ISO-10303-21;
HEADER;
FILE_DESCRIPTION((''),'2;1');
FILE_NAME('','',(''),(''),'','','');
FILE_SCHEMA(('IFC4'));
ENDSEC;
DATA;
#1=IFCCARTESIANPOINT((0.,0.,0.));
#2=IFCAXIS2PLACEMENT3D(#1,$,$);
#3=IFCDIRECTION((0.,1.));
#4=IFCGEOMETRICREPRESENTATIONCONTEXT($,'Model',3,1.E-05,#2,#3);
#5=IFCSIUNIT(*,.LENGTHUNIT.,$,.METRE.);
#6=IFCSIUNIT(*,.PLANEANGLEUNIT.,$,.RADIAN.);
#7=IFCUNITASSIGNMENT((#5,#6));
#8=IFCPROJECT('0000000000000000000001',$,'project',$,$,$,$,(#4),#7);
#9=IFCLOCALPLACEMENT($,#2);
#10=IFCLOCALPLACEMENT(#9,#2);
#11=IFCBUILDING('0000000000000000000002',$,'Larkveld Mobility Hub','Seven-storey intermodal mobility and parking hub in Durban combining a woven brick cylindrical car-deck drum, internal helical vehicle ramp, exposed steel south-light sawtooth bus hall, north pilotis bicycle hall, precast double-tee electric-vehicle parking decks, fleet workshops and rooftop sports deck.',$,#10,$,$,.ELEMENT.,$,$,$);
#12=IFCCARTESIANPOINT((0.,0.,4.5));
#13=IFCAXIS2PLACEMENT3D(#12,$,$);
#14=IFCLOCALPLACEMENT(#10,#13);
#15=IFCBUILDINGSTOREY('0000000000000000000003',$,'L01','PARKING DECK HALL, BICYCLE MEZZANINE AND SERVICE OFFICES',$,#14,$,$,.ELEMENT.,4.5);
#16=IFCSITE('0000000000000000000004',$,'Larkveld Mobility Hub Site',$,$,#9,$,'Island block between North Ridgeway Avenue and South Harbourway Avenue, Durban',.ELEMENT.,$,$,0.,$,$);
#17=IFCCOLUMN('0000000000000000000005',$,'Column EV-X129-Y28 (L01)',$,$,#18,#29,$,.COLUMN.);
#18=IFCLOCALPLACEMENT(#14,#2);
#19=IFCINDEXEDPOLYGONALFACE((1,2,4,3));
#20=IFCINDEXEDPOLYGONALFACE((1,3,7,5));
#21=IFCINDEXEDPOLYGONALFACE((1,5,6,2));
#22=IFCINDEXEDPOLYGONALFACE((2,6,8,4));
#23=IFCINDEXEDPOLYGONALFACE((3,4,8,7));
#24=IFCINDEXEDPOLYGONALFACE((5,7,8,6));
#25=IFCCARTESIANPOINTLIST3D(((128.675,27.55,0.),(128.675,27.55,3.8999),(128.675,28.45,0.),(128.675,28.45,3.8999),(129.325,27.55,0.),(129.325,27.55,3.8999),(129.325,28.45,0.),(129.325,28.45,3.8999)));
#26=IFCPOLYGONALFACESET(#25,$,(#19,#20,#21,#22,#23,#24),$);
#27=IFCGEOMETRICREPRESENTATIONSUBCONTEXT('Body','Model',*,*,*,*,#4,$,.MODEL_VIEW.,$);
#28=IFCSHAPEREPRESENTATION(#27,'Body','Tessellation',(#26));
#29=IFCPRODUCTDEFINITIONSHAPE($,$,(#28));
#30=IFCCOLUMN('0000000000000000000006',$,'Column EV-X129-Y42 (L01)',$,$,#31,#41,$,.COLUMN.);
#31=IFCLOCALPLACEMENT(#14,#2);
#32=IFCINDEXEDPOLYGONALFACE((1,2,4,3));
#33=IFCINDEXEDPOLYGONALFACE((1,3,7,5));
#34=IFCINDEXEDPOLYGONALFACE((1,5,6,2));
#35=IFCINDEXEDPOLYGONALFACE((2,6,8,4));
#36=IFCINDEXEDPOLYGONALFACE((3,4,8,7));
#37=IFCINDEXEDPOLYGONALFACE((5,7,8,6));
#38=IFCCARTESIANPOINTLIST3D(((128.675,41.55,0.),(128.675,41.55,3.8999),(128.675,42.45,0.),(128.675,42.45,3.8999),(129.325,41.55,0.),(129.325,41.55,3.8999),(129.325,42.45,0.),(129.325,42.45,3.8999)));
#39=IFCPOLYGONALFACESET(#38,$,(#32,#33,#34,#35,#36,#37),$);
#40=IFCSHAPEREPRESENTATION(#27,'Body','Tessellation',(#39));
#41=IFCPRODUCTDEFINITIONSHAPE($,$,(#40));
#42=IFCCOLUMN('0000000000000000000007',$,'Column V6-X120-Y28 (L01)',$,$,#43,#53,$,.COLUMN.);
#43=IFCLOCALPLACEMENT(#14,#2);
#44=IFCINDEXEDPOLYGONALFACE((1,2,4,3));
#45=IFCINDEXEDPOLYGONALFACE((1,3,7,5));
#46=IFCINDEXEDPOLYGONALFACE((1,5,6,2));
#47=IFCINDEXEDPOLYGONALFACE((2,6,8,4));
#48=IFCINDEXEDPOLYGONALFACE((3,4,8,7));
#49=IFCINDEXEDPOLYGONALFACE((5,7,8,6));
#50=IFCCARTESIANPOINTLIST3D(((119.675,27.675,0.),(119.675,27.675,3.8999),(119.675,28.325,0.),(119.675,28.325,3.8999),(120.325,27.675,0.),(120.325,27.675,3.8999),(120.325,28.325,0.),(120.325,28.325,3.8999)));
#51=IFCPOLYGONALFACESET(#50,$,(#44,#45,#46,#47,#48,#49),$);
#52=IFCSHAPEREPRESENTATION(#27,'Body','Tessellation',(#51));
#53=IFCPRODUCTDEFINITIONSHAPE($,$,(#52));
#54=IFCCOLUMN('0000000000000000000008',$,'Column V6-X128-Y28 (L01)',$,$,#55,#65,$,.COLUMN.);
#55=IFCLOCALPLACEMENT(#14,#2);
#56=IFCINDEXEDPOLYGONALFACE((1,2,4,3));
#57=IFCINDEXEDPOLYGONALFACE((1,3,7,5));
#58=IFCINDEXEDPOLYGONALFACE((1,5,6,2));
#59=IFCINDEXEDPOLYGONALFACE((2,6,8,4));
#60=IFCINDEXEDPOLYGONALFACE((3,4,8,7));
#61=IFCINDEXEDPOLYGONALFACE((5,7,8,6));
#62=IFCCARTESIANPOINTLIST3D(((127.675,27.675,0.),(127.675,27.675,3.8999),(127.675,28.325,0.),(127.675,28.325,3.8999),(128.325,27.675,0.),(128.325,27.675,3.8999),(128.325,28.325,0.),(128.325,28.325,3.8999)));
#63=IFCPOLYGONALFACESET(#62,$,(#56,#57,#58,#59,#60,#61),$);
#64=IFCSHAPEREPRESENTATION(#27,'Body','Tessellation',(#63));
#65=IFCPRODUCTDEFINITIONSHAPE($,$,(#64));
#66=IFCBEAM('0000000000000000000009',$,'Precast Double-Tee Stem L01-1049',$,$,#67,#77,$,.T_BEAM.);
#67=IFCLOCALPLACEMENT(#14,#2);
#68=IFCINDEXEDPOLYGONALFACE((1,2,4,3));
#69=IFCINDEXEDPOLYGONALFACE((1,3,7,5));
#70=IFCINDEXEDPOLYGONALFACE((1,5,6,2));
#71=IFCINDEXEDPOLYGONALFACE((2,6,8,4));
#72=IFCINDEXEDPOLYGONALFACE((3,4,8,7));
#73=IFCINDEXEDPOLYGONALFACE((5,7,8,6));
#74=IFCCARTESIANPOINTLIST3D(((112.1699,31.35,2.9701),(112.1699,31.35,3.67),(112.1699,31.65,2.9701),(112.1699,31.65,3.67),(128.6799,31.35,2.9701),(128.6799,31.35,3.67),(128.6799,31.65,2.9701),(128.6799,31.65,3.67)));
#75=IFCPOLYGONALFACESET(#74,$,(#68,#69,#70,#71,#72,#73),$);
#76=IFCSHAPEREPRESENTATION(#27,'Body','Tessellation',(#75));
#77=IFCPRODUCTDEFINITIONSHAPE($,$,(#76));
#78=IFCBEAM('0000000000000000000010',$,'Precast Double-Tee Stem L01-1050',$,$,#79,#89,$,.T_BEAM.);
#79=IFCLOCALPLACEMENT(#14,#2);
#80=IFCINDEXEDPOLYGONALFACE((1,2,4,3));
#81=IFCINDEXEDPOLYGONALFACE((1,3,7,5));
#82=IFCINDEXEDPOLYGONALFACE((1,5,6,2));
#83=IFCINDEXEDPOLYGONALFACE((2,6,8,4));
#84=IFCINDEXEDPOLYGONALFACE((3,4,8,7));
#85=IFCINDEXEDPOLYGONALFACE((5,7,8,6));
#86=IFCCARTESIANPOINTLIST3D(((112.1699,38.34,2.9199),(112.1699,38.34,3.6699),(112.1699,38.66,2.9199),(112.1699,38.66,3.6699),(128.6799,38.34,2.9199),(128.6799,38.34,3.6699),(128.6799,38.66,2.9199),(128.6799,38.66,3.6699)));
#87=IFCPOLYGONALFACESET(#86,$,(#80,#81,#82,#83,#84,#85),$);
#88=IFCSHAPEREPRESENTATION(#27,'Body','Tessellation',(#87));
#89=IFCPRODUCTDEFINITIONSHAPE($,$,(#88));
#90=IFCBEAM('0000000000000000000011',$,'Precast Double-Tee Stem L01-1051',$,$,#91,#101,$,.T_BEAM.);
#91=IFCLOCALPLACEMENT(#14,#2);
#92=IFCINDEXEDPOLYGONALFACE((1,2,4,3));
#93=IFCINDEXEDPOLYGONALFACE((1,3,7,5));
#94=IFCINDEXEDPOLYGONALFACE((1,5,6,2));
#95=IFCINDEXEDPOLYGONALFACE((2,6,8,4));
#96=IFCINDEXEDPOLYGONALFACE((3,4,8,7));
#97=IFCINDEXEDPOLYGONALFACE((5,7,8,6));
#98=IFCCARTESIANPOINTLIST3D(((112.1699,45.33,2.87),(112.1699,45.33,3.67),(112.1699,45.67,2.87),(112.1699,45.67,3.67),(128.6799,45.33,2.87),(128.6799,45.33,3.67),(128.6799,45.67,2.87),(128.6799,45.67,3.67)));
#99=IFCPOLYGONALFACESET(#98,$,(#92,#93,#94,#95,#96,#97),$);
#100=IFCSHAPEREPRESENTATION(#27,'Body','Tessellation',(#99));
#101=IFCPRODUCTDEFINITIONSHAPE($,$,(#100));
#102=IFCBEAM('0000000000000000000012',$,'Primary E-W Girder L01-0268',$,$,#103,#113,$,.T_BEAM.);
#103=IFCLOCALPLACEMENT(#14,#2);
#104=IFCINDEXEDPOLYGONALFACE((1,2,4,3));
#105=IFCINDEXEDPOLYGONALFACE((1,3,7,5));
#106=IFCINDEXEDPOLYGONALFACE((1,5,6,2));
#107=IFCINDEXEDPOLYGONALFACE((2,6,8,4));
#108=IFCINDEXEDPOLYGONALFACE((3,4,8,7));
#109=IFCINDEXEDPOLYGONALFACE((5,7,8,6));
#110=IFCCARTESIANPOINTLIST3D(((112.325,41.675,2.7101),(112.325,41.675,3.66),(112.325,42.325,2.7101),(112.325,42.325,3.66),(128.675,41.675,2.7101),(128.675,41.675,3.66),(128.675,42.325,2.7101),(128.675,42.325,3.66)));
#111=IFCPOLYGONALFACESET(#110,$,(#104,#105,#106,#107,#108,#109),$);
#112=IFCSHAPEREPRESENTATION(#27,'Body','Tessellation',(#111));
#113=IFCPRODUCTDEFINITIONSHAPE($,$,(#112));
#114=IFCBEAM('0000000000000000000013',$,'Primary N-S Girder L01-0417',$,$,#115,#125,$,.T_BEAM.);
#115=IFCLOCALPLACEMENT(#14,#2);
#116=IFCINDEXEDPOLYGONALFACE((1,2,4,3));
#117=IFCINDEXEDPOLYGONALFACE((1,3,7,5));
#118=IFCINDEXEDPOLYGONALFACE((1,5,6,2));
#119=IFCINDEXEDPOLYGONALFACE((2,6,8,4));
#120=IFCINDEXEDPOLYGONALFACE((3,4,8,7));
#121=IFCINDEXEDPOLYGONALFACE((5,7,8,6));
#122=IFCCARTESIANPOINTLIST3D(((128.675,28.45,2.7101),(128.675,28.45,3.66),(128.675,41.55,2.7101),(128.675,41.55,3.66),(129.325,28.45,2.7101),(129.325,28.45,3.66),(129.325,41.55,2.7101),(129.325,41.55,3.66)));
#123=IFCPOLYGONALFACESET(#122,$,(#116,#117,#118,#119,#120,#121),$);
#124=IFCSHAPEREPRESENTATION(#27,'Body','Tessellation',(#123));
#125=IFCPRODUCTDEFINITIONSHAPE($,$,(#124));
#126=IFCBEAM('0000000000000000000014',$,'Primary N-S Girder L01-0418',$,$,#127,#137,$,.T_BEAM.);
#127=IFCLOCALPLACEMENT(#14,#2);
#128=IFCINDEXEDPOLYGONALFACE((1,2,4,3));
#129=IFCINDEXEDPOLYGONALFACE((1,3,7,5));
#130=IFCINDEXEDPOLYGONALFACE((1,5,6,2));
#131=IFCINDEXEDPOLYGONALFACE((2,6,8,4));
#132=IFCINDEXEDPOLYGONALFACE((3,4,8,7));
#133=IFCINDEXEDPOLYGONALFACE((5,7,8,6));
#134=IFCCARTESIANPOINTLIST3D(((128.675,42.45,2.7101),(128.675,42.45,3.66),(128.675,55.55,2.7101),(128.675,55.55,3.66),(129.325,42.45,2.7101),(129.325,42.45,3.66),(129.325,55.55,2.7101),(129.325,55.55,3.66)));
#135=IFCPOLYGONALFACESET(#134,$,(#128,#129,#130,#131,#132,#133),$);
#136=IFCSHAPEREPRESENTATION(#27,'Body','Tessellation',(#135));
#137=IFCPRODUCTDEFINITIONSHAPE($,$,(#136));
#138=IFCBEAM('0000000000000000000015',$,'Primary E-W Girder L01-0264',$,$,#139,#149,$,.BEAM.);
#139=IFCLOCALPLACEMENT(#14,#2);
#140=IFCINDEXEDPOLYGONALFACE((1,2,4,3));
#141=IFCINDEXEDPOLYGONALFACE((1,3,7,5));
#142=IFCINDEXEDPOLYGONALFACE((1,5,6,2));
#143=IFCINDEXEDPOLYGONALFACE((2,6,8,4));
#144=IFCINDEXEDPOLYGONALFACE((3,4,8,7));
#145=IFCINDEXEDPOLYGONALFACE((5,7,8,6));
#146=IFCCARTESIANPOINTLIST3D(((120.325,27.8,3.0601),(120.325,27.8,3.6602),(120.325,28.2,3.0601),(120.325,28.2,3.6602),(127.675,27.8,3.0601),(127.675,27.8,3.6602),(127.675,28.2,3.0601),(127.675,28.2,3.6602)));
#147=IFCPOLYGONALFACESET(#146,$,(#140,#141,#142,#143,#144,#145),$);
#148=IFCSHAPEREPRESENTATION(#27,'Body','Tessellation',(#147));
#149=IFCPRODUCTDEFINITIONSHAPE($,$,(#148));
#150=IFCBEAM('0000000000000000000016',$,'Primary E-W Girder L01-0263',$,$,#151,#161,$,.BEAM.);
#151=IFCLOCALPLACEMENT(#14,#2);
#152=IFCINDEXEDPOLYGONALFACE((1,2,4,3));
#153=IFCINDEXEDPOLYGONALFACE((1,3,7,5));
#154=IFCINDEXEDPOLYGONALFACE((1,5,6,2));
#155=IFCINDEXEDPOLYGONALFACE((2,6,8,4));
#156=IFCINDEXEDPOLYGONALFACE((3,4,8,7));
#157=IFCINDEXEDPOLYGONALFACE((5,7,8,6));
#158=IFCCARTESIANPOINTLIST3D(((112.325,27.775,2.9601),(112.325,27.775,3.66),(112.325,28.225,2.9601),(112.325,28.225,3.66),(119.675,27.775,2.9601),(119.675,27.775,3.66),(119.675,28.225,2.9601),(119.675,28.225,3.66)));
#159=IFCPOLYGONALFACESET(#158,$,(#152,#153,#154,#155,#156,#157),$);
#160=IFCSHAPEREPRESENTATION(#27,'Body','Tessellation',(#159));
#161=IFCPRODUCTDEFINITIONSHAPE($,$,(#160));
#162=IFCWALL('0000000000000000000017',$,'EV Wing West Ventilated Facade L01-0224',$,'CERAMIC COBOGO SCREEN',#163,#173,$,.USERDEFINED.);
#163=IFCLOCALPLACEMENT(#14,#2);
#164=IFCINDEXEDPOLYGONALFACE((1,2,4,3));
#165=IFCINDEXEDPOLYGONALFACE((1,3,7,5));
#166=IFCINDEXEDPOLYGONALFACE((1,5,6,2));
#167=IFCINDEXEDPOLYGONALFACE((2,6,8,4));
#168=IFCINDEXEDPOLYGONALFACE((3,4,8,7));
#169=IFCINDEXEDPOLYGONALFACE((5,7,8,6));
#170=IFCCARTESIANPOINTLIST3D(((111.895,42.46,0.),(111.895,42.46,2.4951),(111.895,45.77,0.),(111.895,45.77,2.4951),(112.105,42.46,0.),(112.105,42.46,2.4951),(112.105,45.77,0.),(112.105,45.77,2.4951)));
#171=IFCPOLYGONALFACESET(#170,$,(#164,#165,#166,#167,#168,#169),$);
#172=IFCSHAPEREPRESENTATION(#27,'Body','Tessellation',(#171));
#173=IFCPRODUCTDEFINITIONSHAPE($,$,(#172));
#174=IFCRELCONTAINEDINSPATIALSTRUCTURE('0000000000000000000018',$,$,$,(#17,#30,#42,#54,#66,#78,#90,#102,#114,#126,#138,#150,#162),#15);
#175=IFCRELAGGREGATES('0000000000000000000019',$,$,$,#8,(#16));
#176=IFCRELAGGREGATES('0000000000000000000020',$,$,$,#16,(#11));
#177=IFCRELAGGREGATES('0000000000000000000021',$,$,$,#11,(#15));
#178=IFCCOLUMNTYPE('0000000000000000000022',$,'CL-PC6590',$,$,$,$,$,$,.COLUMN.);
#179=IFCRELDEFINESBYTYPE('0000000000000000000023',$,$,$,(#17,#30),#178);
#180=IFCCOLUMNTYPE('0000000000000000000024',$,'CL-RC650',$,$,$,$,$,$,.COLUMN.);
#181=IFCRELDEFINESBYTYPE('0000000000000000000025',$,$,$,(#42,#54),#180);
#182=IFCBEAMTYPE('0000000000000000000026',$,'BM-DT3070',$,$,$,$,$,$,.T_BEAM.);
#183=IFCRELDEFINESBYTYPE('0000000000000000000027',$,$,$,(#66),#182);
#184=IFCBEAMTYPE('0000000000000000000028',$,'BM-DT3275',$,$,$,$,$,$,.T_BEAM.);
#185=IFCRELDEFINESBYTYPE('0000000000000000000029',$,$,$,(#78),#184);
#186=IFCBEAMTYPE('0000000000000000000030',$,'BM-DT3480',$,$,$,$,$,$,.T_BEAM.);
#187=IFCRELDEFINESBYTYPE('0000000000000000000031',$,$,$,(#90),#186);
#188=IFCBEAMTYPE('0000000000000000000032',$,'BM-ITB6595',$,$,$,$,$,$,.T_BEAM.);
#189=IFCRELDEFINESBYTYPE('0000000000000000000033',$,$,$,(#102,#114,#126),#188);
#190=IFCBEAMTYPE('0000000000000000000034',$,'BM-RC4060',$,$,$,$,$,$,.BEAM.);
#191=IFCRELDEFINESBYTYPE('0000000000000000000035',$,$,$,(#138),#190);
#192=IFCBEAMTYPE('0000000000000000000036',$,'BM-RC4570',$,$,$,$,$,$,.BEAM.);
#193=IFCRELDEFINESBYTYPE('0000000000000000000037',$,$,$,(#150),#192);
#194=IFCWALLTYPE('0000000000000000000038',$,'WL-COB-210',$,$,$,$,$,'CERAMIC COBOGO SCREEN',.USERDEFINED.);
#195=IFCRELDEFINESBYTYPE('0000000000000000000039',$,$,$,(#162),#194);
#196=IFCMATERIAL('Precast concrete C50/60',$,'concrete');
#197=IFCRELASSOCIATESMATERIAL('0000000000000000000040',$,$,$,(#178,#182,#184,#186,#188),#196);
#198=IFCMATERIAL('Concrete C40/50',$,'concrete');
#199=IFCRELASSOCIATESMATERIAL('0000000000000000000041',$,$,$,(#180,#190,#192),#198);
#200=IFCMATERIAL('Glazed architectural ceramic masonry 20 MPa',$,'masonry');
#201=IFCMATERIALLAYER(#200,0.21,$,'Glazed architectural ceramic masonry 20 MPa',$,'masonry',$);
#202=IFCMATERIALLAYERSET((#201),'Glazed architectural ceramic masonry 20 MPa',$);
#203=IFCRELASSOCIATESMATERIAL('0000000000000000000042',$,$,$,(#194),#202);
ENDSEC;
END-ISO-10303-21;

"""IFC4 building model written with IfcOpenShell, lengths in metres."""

from ifc_helpers import new_model, si_unit, direction, frame, frame_2d, origin, origin_2d, place, context, subcontext, project, spatial, rectangle, extrude, material, layer, layer_set, material_profile, profile_set, type_object, element, save


model = new_model("IFC4")

# Units and contexts
model_context = context("Model", 3, precision=1e-05, world=origin(), true_north=direction((0.0, 1.0)))
body_context = subcontext(model_context, "Body", "Model", "MODEL_VIEW")
ifc_project = project(units=[si_unit("LENGTHUNIT", "METRE"), si_unit("PLANEANGLEUNIT", "RADIAN")], contexts=[model_context])

# Site, building, storey
site_placement = place(None, origin())
site = spatial("IfcSite", under=ifc_project, at=site_placement, Name="Larkveld Mobility Hub Site", LongName="Island block between North Ridgeway Avenue and South Harbourway Avenue, Durban", CompositionType="ELEMENT", RefElevation=0.0)
building_placement = place(site_placement, origin())
building = spatial("IfcBuilding", under=site, at=building_placement, Name="Larkveld Mobility Hub", Description="Seven-storey intermodal mobility and parking hub in Durban combining a woven brick cylindrical car-deck drum, internal helical vehicle ramp, exposed steel south-light sawtooth bus hall, north pilotis bicycle hall, precast double-tee electric-vehicle parking decks, fleet workshops and rooftop sports deck.", CompositionType="ELEMENT")
storey_placement = place(building_placement, frame((0.0, 0.0, 4.5)))
storey = spatial("IfcBuildingStorey", under=building, at=storey_placement, Name="L01", Description="PARKING DECK HALL, BICYCLE MEZZANINE AND SERVICE OFFICES", CompositionType="ELEMENT", Elevation=4.5)

# Columns
ifc_material_1 = material(Name="Precast concrete C50/60", Category="concrete")
ifc_material_profile_1 = material_profile(ifc_material_1, rectangle(XDim=0.6499, YDim=0.8999, at=origin_2d()), Name="RC COL 650x900")
ifc_profile_set_1 = profile_set([ifc_material_profile_1], Name="Precast concrete C50/60")
column_type_1 = type_object("IfcColumnType", Name="CL-PC6590", PredefinedType="COLUMN", material=ifc_profile_set_1)
for number, where, z_axis, x_axis, name in (
    (1, (129.0, 28.0, 0.0), (0.0, 0.0, 1.0), (1.0, 0.0, 0.0), "Column EV-X129-Y28 (L01)"),
    (2, (129.0, 42.0, 0.0), (0.0, 0.0, 1.0), (1.0, 0.0, 0.0), "Column EV-X129-Y42 (L01)"),
):
    element("IfcColumn", number, at=place(storey_placement, frame(where, z_axis=z_axis, x_axis=x_axis)), inside=storey, type_object=column_type_1, Name=name, PredefinedType="COLUMN", context=body_context, shape_type="SweptSolid", body=[
        extrude(rectangle(XDim=0.6499, YDim=0.8999, at=origin_2d()), origin(), (0.0, 0.0, 1.0), 3.8999),
    ])
ifc_material_2 = material(Name="Concrete C40/50", Category="concrete")
ifc_material_profile_2 = material_profile(ifc_material_2, rectangle(XDim=0.6499, YDim=0.6499, at=origin_2d()), Name="RC COL 650x650")
ifc_profile_set_2 = profile_set([ifc_material_profile_2], Name="Concrete C40/50")
column_type_2 = type_object("IfcColumnType", Name="CL-RC650", PredefinedType="COLUMN", material=ifc_profile_set_2)
for number, where, z_axis, x_axis, name in (
    (3, (120.0, 28.0, 0.0), (0.0, 0.0, 1.0), (1.0, 0.0, 0.0), "Column V6-X120-Y28 (L01)"),
    (4, (128.0, 28.0, 0.0), (0.0, 0.0, 1.0), (1.0, 0.0, 0.0), "Column V6-X128-Y28 (L01)"),
):
    element("IfcColumn", number, at=place(storey_placement, frame(where, z_axis=z_axis, x_axis=x_axis)), inside=storey, type_object=column_type_2, Name=name, PredefinedType="COLUMN", context=body_context, shape_type="SweptSolid", body=[
        extrude(rectangle(XDim=0.6499, YDim=0.6499, at=origin_2d()), origin(), (0.0, 0.0, 1.0), 3.8999),
    ])

# Beams
ifc_material_profile_3 = material_profile(ifc_material_1, rectangle(XDim=0.3, YDim=0.7, at=origin_2d()), Name="PC DT 300x700")
ifc_profile_set_3 = profile_set([ifc_material_profile_3], Name="Precast concrete C50/60")
beam_type_1 = type_object("IfcBeamType", Name="BM-DT3070", PredefinedType="T_BEAM", material=ifc_profile_set_3)
beam_1_placement = place(storey_placement, frame((112.1699, 31.5, 3.3201), z_axis=(1.0, 0.0, 0.0), x_axis=(0.0, 1.0, 0.0)))
element("IfcBeam", 5, at=beam_1_placement, inside=storey, type_object=beam_type_1, Name="Precast Double-Tee Stem L01-1049", PredefinedType="T_BEAM", context=body_context, shape_type="SweptSolid", body=[
    extrude(rectangle(XDim=0.3, YDim=0.7, at=origin_2d()), origin(), (0.0, 0.0, 1.0), 16.51),
])
ifc_material_profile_4 = material_profile(ifc_material_1, rectangle(XDim=0.3201, YDim=0.75, at=origin_2d()), Name="PC DT 320x750")
ifc_profile_set_4 = profile_set([ifc_material_profile_4], Name="Precast concrete C50/60")
beam_type_2 = type_object("IfcBeamType", Name="BM-DT3275", PredefinedType="T_BEAM", material=ifc_profile_set_4)
beam_2_placement = place(storey_placement, frame((112.1699, 38.5, 3.2949), z_axis=(1.0, 0.0, 0.0), x_axis=(0.0, 1.0, 0.0)))
element("IfcBeam", 6, at=beam_2_placement, inside=storey, type_object=beam_type_2, Name="Precast Double-Tee Stem L01-1050", PredefinedType="T_BEAM", context=body_context, shape_type="SweptSolid", body=[
    extrude(rectangle(XDim=0.3201, YDim=0.75, at=origin_2d()), origin(), (0.0, 0.0, 1.0), 16.51),
])
ifc_material_profile_5 = material_profile(ifc_material_1, rectangle(XDim=0.3401, YDim=0.8, at=origin_2d()), Name="PC DT 340x800")
ifc_profile_set_5 = profile_set([ifc_material_profile_5], Name="Precast concrete C50/60")
beam_type_3 = type_object("IfcBeamType", Name="BM-DT3480", PredefinedType="T_BEAM", material=ifc_profile_set_5)
beam_3_placement = place(storey_placement, frame((112.1699, 45.5, 3.27), z_axis=(1.0, 0.0, 0.0), x_axis=(0.0, 1.0, 0.0)))
element("IfcBeam", 7, at=beam_3_placement, inside=storey, type_object=beam_type_3, Name="Precast Double-Tee Stem L01-1051", PredefinedType="T_BEAM", context=body_context, shape_type="SweptSolid", body=[
    extrude(rectangle(XDim=0.3401, YDim=0.8, at=origin_2d()), origin(), (0.0, 0.0, 1.0), 16.51),
])
ifc_material_profile_6 = material_profile(ifc_material_1, rectangle(XDim=0.6499, YDim=0.95, at=origin_2d()), Name="PC ITB 650x950")
ifc_profile_set_6 = profile_set([ifc_material_profile_6], Name="Precast concrete C50/60")
beam_type_4 = type_object("IfcBeamType", Name="BM-ITB6595", PredefinedType="T_BEAM", material=ifc_profile_set_6)
beam_4_placement = place(storey_placement, frame((112.325, 42.0, 3.1851), z_axis=(1.0, 0.0, 0.0), x_axis=(0.0, 1.0, 0.0)))
element("IfcBeam", 8, at=beam_4_placement, inside=storey, type_object=beam_type_4, Name="Primary E-W Girder L01-0268", PredefinedType="T_BEAM", context=body_context, shape_type="SweptSolid", body=[
    extrude(rectangle(XDim=0.6499, YDim=0.95, at=origin_2d()), origin(), (0.0, 0.0, 1.0), 16.3501),
])
for number, where, z_axis, x_axis, name in (
    (9, (129.0, 28.45, 3.1851), (0.0, 1.0, 0.0), (-1.0, 0.0, 0.0), "Primary N-S Girder L01-0417"),
    (10, (129.0, 42.45, 3.1851), (0.0, 1.0, 0.0), (-1.0, 0.0, 0.0), "Primary N-S Girder L01-0418"),
):
    element("IfcBeam", number, at=place(storey_placement, frame(where, z_axis=z_axis, x_axis=x_axis)), inside=storey, type_object=beam_type_4, Name=name, PredefinedType="T_BEAM", context=body_context, shape_type="SweptSolid", body=[
        extrude(rectangle(XDim=0.6499, YDim=0.95, at=origin_2d()), origin(), (0.0, 0.0, 1.0), 13.1001),
    ])
ifc_material_profile_7 = material_profile(ifc_material_2, rectangle(XDim=0.3999, YDim=0.6001, at=origin_2d()), Name="RC BM 400x600")
ifc_profile_set_7 = profile_set([ifc_material_profile_7], Name="Concrete C40/50")
beam_type_5 = type_object("IfcBeamType", Name="BM-RC4060", PredefinedType="BEAM", material=ifc_profile_set_7)
beam_5_placement = place(storey_placement, frame((120.325, 28.0, 3.3601), z_axis=(1.0, 0.0, 0.0), x_axis=(0.0, 1.0, 0.0)))
element("IfcBeam", 11, at=beam_5_placement, inside=storey, type_object=beam_type_5, Name="Primary E-W Girder L01-0264", PredefinedType="BEAM", context=body_context, shape_type="SweptSolid", body=[
    extrude(rectangle(XDim=0.3999, YDim=0.6001, at=origin_2d()), origin(), (0.0, 0.0, 1.0), 7.3501),
])
ifc_material_profile_8 = material_profile(ifc_material_2, rectangle(XDim=0.45, YDim=0.7, at=origin_2d()), Name="RC BM 450x700")
ifc_profile_set_8 = profile_set([ifc_material_profile_8], Name="Concrete C40/50")
beam_type_6 = type_object("IfcBeamType", Name="BM-RC4570", PredefinedType="BEAM", material=ifc_profile_set_8)
beam_6_placement = place(storey_placement, frame((112.325, 28.0, 3.3101), z_axis=(1.0, 0.0, 0.0), x_axis=(0.0, 1.0, 0.0)))
element("IfcBeam", 12, at=beam_6_placement, inside=storey, type_object=beam_type_6, Name="Primary E-W Girder L01-0263", PredefinedType="BEAM", context=body_context, shape_type="SweptSolid", body=[
    extrude(rectangle(XDim=0.45, YDim=0.7, at=origin_2d()), origin(), (0.0, 0.0, 1.0), 7.3501),
])

# Wall
ifc_material_3 = material(Name="Glazed architectural ceramic masonry 20 MPa", Category="masonry")
ifc_layer_1 = layer(ifc_material_3, 0.21, Name="Glazed architectural ceramic masonry 20 MPa", Category="masonry")
ifc_layer_set_1 = layer_set([ifc_layer_1], Name="Glazed architectural ceramic masonry 20 MPa")
wall_type_1 = type_object("IfcWallType", Name="WL-COB-210", ElementType="CERAMIC COBOGO SCREEN", PredefinedType="USERDEFINED", material=ifc_layer_set_1)
wall_1_placement = place(storey_placement, frame((112.0, 45.77, 0.0), z_axis=(0.0, 0.0, 1.0), x_axis=(0.0, -1.0, 0.0)))
element("IfcWall", 13, at=wall_1_placement, inside=storey, type_object=wall_type_1, Name="EV Wing West Ventilated Facade L01-0224", ObjectType="CERAMIC COBOGO SCREEN", PredefinedType="USERDEFINED", context=body_context, shape_type="SweptSolid", body=[
    extrude(rectangle(XDim=3.3101, YDim=0.21, at=frame_2d((1.655, 0.0))), origin(), (0.0, 0.0, 1.0), 2.4951),
])

save(model, "model.ifc")
